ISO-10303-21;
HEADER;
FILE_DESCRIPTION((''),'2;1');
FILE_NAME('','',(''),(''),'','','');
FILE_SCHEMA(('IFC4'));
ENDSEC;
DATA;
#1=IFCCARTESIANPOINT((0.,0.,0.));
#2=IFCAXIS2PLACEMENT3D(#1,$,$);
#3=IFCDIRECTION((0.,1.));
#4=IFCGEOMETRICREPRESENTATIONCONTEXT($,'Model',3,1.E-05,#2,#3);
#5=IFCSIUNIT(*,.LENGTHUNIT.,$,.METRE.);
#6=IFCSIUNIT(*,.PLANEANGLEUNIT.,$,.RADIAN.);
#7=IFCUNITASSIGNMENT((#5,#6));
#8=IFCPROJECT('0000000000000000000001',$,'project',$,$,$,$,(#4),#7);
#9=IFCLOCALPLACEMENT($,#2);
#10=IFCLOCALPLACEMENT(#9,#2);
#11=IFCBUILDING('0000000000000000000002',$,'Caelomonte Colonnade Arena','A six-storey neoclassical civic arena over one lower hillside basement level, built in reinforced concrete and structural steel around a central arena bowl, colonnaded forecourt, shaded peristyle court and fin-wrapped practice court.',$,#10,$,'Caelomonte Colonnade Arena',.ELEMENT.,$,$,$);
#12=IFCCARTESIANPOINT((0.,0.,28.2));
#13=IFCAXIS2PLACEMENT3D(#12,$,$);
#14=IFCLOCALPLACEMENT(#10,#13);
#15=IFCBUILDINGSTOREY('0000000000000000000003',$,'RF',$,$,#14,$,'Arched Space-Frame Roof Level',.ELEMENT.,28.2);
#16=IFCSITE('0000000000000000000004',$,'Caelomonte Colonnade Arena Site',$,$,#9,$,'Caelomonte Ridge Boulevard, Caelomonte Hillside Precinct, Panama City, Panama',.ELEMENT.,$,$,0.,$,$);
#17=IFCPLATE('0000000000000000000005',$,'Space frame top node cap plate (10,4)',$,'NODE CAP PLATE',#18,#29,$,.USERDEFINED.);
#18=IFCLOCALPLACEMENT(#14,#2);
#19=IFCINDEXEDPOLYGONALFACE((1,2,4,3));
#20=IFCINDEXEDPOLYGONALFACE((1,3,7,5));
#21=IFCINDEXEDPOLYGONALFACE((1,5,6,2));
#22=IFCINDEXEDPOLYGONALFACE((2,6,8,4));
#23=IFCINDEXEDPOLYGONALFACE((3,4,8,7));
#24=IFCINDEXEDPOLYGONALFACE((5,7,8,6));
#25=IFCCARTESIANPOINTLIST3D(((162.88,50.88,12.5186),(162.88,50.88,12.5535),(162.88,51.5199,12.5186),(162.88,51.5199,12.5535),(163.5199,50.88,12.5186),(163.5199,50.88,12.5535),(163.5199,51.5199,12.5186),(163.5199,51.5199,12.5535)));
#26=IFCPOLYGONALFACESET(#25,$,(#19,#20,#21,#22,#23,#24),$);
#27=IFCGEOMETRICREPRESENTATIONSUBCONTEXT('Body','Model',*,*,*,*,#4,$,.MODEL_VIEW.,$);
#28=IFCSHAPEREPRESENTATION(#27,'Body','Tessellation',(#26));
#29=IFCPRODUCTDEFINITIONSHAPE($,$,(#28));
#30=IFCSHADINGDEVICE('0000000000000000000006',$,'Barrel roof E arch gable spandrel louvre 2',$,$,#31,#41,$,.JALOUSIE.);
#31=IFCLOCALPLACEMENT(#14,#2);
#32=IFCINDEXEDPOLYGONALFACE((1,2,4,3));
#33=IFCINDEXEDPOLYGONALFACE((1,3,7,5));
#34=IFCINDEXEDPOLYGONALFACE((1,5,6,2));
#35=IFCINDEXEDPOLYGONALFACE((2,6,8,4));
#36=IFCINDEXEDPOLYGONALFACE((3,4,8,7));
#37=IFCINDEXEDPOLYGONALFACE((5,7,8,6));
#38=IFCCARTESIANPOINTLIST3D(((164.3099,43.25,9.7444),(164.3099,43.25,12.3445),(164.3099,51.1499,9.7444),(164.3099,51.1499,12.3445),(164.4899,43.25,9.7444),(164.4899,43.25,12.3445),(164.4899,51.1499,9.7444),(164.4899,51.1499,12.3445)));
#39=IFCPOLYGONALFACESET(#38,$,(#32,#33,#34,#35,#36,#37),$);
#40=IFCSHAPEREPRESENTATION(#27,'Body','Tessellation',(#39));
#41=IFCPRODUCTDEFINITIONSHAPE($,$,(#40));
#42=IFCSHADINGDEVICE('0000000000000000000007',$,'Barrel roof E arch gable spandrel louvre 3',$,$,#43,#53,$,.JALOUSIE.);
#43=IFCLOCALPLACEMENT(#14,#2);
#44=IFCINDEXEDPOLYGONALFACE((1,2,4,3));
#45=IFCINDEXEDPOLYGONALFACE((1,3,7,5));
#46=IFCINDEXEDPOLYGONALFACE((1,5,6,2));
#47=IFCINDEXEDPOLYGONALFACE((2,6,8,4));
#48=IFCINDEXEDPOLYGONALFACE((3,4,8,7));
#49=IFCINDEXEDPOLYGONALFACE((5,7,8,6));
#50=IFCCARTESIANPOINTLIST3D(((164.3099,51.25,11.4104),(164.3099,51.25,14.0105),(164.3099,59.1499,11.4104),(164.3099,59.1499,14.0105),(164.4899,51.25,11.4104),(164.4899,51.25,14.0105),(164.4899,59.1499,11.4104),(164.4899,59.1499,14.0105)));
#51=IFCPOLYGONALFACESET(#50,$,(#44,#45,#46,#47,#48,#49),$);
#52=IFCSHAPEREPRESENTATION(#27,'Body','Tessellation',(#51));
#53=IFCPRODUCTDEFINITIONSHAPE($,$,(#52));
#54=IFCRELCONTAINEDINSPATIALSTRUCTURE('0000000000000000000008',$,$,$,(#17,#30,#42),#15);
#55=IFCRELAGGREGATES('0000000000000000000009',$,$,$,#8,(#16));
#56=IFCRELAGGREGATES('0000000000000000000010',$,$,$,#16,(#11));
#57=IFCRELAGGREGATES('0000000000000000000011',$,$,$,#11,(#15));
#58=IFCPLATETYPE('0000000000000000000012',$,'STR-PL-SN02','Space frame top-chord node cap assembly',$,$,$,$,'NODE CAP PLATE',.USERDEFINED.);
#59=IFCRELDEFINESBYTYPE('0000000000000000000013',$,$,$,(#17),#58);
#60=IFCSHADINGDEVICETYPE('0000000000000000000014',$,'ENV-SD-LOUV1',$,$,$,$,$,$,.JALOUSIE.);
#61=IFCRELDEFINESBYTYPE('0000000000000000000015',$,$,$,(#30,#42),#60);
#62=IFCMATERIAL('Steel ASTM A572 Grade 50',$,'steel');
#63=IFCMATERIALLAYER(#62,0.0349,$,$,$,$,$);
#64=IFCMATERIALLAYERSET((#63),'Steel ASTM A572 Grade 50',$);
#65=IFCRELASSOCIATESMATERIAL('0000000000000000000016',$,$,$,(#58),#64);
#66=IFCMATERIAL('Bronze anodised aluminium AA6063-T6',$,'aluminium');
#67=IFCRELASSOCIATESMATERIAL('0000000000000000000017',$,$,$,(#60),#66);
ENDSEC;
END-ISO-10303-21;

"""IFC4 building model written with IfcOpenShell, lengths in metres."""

from ifc_helpers import new_model, si_unit, direction, frame, origin, origin_2d, place, context, subcontext, project, spatial, rectangle, extrude, material, layer, layer_set, type_object, element, save


model = new_model("IFC4")

# Units and contexts
model_context = context("Model", 3, precision=1e-05, world=origin(), true_north=direction((0.0, 1.0)))
body_context = subcontext(model_context, "Body", "Model", "MODEL_VIEW")
ifc_project = project(units=[si_unit("LENGTHUNIT", "METRE"), si_unit("PLANEANGLEUNIT", "RADIAN")], contexts=[model_context])

# Site, building, storey
site_placement = place(None, origin())
site = spatial("IfcSite", under=ifc_project, at=site_placement, Name="Caelomonte Colonnade Arena Site", LongName="Caelomonte Ridge Boulevard, Caelomonte Hillside Precinct, Panama City, Panama", CompositionType="ELEMENT", RefElevation=0.0)
building_placement = place(site_placement, origin())
building = spatial("IfcBuilding", under=site, at=building_placement, Name="Caelomonte Colonnade Arena", Description="A six-storey neoclassical civic arena over one lower hillside basement level, built in reinforced concrete and structural steel around a central arena bowl, colonnaded forecourt, shaded peristyle court and fin-wrapped practice court.", LongName="Caelomonte Colonnade Arena", CompositionType="ELEMENT")
storey_placement = place(building_placement, frame((0.0, 0.0, 28.2)))
storey = spatial("IfcBuildingStorey", under=building, at=storey_placement, Name="RF", LongName="Arched Space-Frame Roof Level", CompositionType="ELEMENT", Elevation=28.2)

# Shared definitions
ifc_material_1 = material(Name="Bronze anodised aluminium AA6063-T6", Category="aluminium")

# Plate
ifc_material_2 = material(Name="Steel ASTM A572 Grade 50", Category="steel")
ifc_layer_1 = layer(ifc_material_2, 0.0349)
ifc_layer_set_1 = layer_set([ifc_layer_1], Name="Steel ASTM A572 Grade 50")
plate_type_1 = type_object("IfcPlateType", Name="STR-PL-SN02", Description="Space frame top-chord node cap assembly", ElementType="NODE CAP PLATE", PredefinedType="USERDEFINED", material=ifc_layer_set_1)
plate_1_placement = place(storey_placement, frame((163.2, 51.2, 12.5186), z_axis=(0.0, 0.0, 1.0), x_axis=(1.0, 0.0, 0.0)))
element("IfcPlate", 1, at=plate_1_placement, inside=storey, type_object=plate_type_1, Name="Space frame top node cap plate (10,4)", ObjectType="NODE CAP PLATE", PredefinedType="USERDEFINED", context=body_context, shape_type="SweptSolid", body=[
    extrude(rectangle(XDim=0.6399, YDim=0.6399, at=origin_2d()), origin(), (0.0, 0.0, 1.0), 0.0349),
])

# Shading devices
shading_device_type = type_object("IfcShadingDeviceType", Name="ENV-SD-LOUV1", PredefinedType="JALOUSIE", material=ifc_material_1)
for number, where, z_axis, x_axis, name in (
    (2, (164.3999, 47.2, 9.7444), (0.0, 0.0, 1.0), (1.0, 0.0, 0.0), "Barrel roof E arch gable spandrel louvre 2"),
    (3, (164.3999, 55.2, 11.4104), (0.0, 0.0, 1.0), (1.0, 0.0, 0.0), "Barrel roof E arch gable spandrel louvre 3"),
):
    element("IfcShadingDevice", number, at=place(storey_placement, frame(where, z_axis=z_axis, x_axis=x_axis)), inside=storey, type_object=shading_device_type, Name=name, PredefinedType="JALOUSIE", context=body_context, shape_type="SweptSolid", body=[
        extrude(rectangle(XDim=0.1799, YDim=7.8999, at=origin_2d()), origin(), (0.0, 0.0, 1.0), 2.6001),
    ])

save(model, "model.ifc")
